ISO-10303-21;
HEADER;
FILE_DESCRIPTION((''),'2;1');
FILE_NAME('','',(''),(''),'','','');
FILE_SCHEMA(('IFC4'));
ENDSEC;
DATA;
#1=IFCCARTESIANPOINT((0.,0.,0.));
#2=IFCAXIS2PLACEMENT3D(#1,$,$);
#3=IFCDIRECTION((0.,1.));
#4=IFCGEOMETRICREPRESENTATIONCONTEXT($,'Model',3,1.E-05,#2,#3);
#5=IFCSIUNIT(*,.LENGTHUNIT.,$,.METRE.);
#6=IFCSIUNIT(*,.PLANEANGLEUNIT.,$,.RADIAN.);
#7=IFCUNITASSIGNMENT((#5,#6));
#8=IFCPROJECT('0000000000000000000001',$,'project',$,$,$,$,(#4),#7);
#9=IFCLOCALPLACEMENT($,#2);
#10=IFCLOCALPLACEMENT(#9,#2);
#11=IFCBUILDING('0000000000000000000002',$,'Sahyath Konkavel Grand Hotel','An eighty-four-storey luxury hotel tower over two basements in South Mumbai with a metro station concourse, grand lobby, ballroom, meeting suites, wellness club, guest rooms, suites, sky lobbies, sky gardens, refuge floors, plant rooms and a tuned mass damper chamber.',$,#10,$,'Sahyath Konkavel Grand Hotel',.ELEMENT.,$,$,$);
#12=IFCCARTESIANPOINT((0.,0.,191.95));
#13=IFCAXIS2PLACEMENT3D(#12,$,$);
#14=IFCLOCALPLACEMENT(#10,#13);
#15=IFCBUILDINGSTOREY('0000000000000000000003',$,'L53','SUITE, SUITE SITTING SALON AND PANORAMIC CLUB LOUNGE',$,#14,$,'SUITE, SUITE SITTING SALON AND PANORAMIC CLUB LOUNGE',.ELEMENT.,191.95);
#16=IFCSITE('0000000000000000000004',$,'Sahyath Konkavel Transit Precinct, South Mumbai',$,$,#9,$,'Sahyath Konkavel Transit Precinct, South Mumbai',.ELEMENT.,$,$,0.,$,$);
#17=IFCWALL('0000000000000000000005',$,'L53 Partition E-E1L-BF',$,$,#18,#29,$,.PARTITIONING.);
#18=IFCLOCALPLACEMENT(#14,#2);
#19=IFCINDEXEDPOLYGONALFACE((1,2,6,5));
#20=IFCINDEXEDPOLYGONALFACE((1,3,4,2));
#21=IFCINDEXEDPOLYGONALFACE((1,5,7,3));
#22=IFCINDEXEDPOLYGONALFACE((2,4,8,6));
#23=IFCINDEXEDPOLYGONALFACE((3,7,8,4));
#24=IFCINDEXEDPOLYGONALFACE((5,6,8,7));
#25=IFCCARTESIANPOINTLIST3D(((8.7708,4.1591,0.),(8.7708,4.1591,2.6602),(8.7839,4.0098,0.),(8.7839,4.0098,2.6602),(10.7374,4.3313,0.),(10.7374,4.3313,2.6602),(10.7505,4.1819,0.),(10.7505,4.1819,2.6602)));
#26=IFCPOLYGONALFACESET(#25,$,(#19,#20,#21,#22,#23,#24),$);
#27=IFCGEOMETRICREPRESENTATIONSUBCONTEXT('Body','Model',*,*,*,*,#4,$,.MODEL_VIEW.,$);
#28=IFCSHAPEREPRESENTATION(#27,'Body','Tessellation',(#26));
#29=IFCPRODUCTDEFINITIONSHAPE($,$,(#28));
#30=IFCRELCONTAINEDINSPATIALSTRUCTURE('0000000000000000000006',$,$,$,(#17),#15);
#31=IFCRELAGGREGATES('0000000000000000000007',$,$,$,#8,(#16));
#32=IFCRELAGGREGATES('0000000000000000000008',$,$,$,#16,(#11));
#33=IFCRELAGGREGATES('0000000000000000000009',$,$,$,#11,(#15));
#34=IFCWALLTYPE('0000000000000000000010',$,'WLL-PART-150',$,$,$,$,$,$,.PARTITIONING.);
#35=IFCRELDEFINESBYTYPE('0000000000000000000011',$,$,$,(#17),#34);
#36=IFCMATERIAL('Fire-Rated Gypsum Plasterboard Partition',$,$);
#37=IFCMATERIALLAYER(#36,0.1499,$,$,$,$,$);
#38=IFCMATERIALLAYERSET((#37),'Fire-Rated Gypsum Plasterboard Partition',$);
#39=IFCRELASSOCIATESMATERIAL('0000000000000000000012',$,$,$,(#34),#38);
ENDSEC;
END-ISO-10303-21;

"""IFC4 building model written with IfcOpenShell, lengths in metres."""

from ifc_helpers import new_model, si_unit, direction, frame, frame_2d, origin, place, context, subcontext, project, spatial, rectangle, extrude, material, layer, layer_set, type_object, element, save


model = new_model("IFC4")

# Units and contexts
model_context = context("Model", 3, precision=1e-05, world=origin(), true_north=direction((0.0, 1.0)))
body_context = subcontext(model_context, "Body", "Model", "MODEL_VIEW")
ifc_project = project(units=[si_unit("LENGTHUNIT", "METRE"), si_unit("PLANEANGLEUNIT", "RADIAN")], contexts=[model_context])

# Site, building, storey
site_placement = place(None, origin())
site = spatial("IfcSite", under=ifc_project, at=site_placement, Name="Sahyath Konkavel Transit Precinct, South Mumbai", LongName="Sahyath Konkavel Transit Precinct, South Mumbai", CompositionType="ELEMENT", RefElevation=0.0)
building_placement = place(site_placement, origin())
building = spatial("IfcBuilding", under=site, at=building_placement, Name="Sahyath Konkavel Grand Hotel", Description="An eighty-four-storey luxury hotel tower over two basements in South Mumbai with a metro station concourse, grand lobby, ballroom, meeting suites, wellness club, guest rooms, suites, sky lobbies, sky gardens, refuge floors, plant rooms and a tuned mass damper chamber.", LongName="Sahyath Konkavel Grand Hotel", CompositionType="ELEMENT")
storey_placement = place(building_placement, frame((0.0, 0.0, 191.95)))
storey = spatial("IfcBuildingStorey", under=building, at=storey_placement, Name="L53", Description="SUITE, SUITE SITTING SALON AND PANORAMIC CLUB LOUNGE", LongName="SUITE, SUITE SITTING SALON AND PANORAMIC CLUB LOUNGE", CompositionType="ELEMENT", Elevation=191.95)

# Shared definitions
ifc_material_1 = material(Name="Fire-Rated Gypsum Plasterboard Partition")
ifc_layer_1 = layer(ifc_material_1, 0.1499)
ifc_layer_set_1 = layer_set([ifc_layer_1], Name="Fire-Rated Gypsum Plasterboard Partition")
wall_type_1 = type_object("IfcWallType", Name="WLL-PART-150", PredefinedType="PARTITIONING", material=ifc_layer_set_1)

# Wall
wall_1_placement = place(storey_placement, frame((8.7773, 4.0845, 0.0), z_axis=(0.0, 0.0, 1.0), x_axis=(0.996192, 0.08719, 0.0)))
element("IfcWall", 1, at=wall_1_placement, inside=storey, type_object=wall_type_1, Name="L53 Partition E-E1L-BF", PredefinedType="PARTITIONING", context=body_context, shape_type="SweptSolid", body=[
    extrude(rectangle(XDim=1.9741, YDim=0.1499, at=frame_2d((0.9871, 0.0))), origin(), (0.0, 0.0, 1.0), 2.6602),
])

save(model, "model.ifc")
